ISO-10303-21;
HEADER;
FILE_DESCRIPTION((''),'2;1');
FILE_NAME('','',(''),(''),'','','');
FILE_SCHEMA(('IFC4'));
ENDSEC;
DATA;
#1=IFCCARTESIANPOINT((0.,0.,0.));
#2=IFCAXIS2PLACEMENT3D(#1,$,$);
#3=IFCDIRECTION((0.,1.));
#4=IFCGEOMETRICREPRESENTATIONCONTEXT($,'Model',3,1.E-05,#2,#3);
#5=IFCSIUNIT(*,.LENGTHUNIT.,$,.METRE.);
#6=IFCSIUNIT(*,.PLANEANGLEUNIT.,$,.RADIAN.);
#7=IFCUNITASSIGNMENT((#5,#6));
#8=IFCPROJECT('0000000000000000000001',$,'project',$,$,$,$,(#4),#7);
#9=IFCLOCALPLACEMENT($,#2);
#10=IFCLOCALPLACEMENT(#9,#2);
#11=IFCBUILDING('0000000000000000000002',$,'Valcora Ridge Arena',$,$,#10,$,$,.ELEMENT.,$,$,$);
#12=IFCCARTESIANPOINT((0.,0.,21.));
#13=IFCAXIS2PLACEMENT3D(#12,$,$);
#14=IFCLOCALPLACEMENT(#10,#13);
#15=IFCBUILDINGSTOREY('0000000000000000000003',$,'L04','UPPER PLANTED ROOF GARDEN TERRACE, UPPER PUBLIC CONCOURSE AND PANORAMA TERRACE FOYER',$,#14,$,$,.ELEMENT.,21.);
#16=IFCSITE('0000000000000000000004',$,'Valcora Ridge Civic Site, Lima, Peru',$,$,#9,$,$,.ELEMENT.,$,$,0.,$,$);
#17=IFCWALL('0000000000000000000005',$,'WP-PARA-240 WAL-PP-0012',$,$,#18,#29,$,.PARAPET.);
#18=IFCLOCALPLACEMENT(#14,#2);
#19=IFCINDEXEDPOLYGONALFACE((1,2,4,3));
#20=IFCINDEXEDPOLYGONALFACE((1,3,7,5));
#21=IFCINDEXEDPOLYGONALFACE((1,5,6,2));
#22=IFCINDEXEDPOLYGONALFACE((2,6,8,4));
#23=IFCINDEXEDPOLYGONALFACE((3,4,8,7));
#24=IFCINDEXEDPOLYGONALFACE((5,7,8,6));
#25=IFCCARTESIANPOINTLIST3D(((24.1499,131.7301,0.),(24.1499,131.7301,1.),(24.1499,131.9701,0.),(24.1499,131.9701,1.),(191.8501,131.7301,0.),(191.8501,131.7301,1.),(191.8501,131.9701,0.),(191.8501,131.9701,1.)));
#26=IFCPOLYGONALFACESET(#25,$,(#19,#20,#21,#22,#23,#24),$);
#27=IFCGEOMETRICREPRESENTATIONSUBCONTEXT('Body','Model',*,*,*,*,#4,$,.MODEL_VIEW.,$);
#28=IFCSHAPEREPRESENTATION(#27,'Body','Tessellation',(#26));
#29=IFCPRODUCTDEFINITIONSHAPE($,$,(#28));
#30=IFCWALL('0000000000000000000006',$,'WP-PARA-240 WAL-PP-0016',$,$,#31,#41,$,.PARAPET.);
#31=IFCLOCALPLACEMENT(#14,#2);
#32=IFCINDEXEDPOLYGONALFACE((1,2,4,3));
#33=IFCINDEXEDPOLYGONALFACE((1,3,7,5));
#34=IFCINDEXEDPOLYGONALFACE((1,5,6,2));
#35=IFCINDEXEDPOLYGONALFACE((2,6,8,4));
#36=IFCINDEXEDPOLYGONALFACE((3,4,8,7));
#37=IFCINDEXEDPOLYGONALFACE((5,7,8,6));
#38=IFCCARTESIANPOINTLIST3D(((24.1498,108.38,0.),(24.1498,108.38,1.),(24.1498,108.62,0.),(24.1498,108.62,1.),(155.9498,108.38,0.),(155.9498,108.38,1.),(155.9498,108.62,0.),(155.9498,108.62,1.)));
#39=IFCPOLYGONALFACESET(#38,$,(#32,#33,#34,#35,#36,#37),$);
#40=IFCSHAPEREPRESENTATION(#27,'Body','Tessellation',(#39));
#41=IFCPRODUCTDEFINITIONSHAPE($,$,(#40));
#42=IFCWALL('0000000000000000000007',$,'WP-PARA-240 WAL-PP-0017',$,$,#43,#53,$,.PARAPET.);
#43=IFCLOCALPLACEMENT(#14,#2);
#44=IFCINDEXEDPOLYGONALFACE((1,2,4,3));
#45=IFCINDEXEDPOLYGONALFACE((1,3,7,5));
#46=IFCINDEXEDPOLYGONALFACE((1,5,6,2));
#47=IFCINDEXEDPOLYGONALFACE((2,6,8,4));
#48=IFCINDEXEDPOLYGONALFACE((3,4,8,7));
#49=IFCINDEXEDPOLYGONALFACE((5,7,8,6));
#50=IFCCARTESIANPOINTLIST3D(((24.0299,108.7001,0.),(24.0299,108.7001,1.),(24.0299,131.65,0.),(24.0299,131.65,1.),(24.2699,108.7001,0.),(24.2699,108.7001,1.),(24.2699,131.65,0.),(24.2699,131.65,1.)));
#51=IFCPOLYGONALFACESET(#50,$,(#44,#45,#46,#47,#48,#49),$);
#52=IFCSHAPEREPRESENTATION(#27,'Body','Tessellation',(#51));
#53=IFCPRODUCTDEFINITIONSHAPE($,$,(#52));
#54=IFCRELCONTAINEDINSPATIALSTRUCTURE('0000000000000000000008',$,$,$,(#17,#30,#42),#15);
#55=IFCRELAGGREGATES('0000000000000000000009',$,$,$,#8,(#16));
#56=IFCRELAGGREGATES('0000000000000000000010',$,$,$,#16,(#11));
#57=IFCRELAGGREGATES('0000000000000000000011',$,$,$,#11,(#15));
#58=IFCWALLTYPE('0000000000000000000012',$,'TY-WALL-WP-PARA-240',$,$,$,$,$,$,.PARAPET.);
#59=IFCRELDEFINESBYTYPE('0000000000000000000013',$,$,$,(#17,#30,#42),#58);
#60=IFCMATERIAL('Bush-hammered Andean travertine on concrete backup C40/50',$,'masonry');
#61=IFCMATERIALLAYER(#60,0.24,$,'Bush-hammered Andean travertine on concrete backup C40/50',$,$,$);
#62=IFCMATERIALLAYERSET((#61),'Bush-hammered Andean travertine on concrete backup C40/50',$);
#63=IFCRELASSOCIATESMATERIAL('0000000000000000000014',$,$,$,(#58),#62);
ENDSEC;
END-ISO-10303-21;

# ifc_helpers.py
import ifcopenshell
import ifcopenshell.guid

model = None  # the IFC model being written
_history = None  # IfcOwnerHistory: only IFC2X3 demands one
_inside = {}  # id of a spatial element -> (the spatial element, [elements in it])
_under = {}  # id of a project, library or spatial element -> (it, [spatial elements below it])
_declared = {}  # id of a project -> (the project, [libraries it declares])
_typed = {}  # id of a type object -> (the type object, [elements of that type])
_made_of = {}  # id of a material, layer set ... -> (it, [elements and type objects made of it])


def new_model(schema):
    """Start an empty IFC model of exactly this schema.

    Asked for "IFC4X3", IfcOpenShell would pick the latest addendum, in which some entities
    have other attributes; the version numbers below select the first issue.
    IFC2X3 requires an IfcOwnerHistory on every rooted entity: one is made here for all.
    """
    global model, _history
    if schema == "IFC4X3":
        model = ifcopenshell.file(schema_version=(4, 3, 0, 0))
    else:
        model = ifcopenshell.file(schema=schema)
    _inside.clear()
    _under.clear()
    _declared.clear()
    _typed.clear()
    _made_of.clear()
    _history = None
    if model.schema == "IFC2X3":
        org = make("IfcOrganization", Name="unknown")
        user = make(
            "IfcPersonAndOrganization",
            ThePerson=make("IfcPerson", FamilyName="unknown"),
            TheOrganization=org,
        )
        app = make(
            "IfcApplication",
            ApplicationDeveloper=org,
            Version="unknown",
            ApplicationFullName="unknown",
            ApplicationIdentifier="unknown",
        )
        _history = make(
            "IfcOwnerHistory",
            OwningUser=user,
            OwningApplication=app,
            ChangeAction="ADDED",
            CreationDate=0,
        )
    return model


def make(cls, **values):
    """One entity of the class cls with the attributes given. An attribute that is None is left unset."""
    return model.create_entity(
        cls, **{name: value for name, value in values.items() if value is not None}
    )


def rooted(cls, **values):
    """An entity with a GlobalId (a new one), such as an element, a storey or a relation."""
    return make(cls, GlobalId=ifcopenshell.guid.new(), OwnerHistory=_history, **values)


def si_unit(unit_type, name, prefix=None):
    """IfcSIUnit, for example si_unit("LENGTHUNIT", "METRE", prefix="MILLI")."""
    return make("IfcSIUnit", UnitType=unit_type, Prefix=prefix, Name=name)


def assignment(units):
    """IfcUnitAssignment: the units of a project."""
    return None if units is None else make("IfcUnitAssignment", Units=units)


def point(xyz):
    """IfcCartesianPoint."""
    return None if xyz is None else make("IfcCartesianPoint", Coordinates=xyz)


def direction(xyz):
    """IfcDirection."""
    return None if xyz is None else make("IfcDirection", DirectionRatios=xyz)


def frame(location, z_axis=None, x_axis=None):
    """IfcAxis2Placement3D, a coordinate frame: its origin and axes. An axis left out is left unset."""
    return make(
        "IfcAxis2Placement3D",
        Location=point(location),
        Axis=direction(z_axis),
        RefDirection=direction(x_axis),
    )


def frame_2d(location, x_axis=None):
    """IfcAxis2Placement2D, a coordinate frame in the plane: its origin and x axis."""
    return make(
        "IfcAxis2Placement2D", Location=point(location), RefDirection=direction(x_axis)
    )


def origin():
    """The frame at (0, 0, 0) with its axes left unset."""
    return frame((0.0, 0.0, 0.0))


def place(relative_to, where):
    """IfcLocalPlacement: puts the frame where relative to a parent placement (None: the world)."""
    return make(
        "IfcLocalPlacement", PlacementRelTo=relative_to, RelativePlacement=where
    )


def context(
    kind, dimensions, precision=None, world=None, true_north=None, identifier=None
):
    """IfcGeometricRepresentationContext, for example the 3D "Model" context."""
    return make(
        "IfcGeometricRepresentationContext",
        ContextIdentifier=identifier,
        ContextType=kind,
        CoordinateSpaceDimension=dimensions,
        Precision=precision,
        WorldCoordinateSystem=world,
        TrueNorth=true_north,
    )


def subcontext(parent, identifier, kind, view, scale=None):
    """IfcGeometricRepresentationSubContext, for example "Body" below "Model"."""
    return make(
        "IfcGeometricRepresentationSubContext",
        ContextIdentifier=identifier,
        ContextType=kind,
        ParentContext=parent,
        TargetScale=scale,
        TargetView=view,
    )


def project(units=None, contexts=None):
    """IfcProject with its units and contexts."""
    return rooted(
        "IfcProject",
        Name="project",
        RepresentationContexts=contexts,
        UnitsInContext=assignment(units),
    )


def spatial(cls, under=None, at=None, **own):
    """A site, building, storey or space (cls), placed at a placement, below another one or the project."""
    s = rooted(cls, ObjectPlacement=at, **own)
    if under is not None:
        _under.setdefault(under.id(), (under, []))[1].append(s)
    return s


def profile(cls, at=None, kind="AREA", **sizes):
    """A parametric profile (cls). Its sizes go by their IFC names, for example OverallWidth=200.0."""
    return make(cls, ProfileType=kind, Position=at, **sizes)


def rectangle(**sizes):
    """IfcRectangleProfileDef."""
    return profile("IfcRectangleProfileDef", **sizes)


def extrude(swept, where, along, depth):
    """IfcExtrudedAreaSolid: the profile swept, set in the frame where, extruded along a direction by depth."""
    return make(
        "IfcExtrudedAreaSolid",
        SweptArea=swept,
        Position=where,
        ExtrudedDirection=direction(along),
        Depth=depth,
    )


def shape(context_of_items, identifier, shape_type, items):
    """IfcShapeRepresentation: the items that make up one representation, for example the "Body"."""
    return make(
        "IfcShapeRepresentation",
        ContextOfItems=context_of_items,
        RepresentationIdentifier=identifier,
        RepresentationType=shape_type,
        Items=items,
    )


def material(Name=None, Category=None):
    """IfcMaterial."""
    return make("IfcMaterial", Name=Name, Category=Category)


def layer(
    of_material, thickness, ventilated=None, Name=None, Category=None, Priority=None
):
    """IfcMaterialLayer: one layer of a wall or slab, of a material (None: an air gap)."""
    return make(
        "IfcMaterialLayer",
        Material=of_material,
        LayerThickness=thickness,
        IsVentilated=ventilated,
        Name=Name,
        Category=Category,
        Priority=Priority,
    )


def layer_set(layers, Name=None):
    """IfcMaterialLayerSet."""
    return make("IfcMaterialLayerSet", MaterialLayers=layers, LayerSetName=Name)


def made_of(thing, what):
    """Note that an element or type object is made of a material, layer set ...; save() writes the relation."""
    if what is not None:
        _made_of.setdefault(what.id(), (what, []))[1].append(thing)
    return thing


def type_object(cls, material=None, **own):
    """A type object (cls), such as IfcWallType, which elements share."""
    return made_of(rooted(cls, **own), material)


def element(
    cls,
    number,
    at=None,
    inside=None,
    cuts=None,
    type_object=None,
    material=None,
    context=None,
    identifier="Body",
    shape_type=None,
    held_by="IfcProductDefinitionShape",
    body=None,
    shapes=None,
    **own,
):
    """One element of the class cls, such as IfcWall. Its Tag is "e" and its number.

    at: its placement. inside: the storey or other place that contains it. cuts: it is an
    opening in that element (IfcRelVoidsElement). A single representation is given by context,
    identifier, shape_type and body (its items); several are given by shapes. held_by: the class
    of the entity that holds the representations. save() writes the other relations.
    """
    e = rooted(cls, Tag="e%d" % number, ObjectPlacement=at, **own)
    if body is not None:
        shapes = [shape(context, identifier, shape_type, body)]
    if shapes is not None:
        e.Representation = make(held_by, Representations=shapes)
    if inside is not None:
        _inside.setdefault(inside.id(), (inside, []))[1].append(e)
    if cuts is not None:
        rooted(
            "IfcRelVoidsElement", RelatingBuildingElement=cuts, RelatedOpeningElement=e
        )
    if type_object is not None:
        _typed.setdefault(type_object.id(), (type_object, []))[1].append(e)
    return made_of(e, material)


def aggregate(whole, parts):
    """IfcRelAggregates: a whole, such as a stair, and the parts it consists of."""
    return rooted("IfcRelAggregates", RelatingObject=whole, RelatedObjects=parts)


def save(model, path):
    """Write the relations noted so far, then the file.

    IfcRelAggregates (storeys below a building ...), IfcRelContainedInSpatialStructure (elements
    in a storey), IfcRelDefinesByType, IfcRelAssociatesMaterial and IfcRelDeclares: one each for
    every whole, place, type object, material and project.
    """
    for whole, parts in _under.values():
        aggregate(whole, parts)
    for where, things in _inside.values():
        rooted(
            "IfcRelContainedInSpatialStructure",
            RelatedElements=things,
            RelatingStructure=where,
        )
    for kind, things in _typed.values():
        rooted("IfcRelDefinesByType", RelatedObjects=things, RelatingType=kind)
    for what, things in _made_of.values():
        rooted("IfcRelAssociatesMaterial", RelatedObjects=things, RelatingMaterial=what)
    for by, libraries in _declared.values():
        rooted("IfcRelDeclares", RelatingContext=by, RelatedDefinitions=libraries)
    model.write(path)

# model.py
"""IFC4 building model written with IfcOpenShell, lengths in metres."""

from ifc_helpers import new_model, si_unit, direction, frame, frame_2d, origin, place, context, subcontext, project, spatial, rectangle, extrude, material, layer, layer_set, type_object, element, save


model = new_model("IFC4")

# Units and contexts
model_context = context("Model", 3, precision=1e-05, world=origin(), true_north=direction((0.0, 1.0)))
body_context = subcontext(model_context, "Body", "Model", "MODEL_VIEW")
ifc_project = project(units=[si_unit("LENGTHUNIT", "METRE"), si_unit("PLANEANGLEUNIT", "RADIAN")], contexts=[model_context])

# Site, building, storey
site_placement = place(None, origin())
site = spatial("IfcSite", under=ifc_project, at=site_placement, Name="Valcora Ridge Civic Site, Lima, Peru", CompositionType="ELEMENT", RefElevation=0.0)
building_placement = place(site_placement, origin())
building = spatial("IfcBuilding", under=site, at=building_placement, Name="Valcora Ridge Arena", CompositionType="ELEMENT")
storey_placement = place(building_placement, frame((0.0, 0.0, 21.0)))
storey = spatial("IfcBuildingStorey", under=building, at=storey_placement, Name="L04", Description="UPPER PLANTED ROOF GARDEN TERRACE, UPPER PUBLIC CONCOURSE AND PANORAMA TERRACE FOYER", CompositionType="ELEMENT", Elevation=21.0)

# Walls
ifc_material_1 = material(Name="Bush-hammered Andean travertine on concrete backup C40/50", Category="masonry")
ifc_layer_1 = layer(ifc_material_1, 0.24, Name="Bush-hammered Andean travertine on concrete backup C40/50")
ifc_layer_set_1 = layer_set([ifc_layer_1], Name="Bush-hammered Andean travertine on concrete backup C40/50")
wall_type = type_object("IfcWallType", Name="TY-WALL-WP-PARA-240", PredefinedType="PARAPET", material=ifc_layer_set_1)
wall_1_placement = place(storey_placement, frame((24.1499, 131.8501, 0.0), z_axis=(0.0, 0.0, 1.0), x_axis=(1.0, 0.0, 0.0)))
element("IfcWall", 1, at=wall_1_placement, inside=storey, type_object=wall_type, Name="WP-PARA-240 WAL-PP-0012", PredefinedType="PARAPET", context=body_context, shape_type="SweptSolid", body=[
    extrude(rectangle(XDim=167.7002, YDim=0.24, at=frame_2d((83.8501, 0.0))), origin(), (0.0, 0.0, 1.0), 1.0),
])
wall_2_placement = place(storey_placement, frame((24.1499, 108.5, 0.0), z_axis=(0.0, 0.0, 1.0), x_axis=(1.0, 0.0, 0.0)))
element("IfcWall", 2, at=wall_2_placement, inside=storey, type_object=wall_type, Name="WP-PARA-240 WAL-PP-0016", PredefinedType="PARAPET", context=body_context, shape_type="SweptSolid", body=[
    extrude(rectangle(XDim=131.8, YDim=0.24, at=frame_2d((65.8999, 0.0))), origin(), (0.0, 0.0, 1.0), 1.0),
])
wall_3_placement = place(storey_placement, frame((24.1499, 108.7, 0.0), z_axis=(0.0, 0.0, 1.0), x_axis=(0.0, 1.0, 0.0)))
element("IfcWall", 3, at=wall_3_placement, inside=storey, type_object=wall_type, Name="WP-PARA-240 WAL-PP-0017", PredefinedType="PARAPET", context=body_context, shape_type="SweptSolid", body=[
    extrude(rectangle(XDim=22.95, YDim=0.24, at=frame_2d((11.4751, 0.0))), origin(), (0.0, 0.0, 1.0), 1.0),
])

save(model, "model.ifc")
